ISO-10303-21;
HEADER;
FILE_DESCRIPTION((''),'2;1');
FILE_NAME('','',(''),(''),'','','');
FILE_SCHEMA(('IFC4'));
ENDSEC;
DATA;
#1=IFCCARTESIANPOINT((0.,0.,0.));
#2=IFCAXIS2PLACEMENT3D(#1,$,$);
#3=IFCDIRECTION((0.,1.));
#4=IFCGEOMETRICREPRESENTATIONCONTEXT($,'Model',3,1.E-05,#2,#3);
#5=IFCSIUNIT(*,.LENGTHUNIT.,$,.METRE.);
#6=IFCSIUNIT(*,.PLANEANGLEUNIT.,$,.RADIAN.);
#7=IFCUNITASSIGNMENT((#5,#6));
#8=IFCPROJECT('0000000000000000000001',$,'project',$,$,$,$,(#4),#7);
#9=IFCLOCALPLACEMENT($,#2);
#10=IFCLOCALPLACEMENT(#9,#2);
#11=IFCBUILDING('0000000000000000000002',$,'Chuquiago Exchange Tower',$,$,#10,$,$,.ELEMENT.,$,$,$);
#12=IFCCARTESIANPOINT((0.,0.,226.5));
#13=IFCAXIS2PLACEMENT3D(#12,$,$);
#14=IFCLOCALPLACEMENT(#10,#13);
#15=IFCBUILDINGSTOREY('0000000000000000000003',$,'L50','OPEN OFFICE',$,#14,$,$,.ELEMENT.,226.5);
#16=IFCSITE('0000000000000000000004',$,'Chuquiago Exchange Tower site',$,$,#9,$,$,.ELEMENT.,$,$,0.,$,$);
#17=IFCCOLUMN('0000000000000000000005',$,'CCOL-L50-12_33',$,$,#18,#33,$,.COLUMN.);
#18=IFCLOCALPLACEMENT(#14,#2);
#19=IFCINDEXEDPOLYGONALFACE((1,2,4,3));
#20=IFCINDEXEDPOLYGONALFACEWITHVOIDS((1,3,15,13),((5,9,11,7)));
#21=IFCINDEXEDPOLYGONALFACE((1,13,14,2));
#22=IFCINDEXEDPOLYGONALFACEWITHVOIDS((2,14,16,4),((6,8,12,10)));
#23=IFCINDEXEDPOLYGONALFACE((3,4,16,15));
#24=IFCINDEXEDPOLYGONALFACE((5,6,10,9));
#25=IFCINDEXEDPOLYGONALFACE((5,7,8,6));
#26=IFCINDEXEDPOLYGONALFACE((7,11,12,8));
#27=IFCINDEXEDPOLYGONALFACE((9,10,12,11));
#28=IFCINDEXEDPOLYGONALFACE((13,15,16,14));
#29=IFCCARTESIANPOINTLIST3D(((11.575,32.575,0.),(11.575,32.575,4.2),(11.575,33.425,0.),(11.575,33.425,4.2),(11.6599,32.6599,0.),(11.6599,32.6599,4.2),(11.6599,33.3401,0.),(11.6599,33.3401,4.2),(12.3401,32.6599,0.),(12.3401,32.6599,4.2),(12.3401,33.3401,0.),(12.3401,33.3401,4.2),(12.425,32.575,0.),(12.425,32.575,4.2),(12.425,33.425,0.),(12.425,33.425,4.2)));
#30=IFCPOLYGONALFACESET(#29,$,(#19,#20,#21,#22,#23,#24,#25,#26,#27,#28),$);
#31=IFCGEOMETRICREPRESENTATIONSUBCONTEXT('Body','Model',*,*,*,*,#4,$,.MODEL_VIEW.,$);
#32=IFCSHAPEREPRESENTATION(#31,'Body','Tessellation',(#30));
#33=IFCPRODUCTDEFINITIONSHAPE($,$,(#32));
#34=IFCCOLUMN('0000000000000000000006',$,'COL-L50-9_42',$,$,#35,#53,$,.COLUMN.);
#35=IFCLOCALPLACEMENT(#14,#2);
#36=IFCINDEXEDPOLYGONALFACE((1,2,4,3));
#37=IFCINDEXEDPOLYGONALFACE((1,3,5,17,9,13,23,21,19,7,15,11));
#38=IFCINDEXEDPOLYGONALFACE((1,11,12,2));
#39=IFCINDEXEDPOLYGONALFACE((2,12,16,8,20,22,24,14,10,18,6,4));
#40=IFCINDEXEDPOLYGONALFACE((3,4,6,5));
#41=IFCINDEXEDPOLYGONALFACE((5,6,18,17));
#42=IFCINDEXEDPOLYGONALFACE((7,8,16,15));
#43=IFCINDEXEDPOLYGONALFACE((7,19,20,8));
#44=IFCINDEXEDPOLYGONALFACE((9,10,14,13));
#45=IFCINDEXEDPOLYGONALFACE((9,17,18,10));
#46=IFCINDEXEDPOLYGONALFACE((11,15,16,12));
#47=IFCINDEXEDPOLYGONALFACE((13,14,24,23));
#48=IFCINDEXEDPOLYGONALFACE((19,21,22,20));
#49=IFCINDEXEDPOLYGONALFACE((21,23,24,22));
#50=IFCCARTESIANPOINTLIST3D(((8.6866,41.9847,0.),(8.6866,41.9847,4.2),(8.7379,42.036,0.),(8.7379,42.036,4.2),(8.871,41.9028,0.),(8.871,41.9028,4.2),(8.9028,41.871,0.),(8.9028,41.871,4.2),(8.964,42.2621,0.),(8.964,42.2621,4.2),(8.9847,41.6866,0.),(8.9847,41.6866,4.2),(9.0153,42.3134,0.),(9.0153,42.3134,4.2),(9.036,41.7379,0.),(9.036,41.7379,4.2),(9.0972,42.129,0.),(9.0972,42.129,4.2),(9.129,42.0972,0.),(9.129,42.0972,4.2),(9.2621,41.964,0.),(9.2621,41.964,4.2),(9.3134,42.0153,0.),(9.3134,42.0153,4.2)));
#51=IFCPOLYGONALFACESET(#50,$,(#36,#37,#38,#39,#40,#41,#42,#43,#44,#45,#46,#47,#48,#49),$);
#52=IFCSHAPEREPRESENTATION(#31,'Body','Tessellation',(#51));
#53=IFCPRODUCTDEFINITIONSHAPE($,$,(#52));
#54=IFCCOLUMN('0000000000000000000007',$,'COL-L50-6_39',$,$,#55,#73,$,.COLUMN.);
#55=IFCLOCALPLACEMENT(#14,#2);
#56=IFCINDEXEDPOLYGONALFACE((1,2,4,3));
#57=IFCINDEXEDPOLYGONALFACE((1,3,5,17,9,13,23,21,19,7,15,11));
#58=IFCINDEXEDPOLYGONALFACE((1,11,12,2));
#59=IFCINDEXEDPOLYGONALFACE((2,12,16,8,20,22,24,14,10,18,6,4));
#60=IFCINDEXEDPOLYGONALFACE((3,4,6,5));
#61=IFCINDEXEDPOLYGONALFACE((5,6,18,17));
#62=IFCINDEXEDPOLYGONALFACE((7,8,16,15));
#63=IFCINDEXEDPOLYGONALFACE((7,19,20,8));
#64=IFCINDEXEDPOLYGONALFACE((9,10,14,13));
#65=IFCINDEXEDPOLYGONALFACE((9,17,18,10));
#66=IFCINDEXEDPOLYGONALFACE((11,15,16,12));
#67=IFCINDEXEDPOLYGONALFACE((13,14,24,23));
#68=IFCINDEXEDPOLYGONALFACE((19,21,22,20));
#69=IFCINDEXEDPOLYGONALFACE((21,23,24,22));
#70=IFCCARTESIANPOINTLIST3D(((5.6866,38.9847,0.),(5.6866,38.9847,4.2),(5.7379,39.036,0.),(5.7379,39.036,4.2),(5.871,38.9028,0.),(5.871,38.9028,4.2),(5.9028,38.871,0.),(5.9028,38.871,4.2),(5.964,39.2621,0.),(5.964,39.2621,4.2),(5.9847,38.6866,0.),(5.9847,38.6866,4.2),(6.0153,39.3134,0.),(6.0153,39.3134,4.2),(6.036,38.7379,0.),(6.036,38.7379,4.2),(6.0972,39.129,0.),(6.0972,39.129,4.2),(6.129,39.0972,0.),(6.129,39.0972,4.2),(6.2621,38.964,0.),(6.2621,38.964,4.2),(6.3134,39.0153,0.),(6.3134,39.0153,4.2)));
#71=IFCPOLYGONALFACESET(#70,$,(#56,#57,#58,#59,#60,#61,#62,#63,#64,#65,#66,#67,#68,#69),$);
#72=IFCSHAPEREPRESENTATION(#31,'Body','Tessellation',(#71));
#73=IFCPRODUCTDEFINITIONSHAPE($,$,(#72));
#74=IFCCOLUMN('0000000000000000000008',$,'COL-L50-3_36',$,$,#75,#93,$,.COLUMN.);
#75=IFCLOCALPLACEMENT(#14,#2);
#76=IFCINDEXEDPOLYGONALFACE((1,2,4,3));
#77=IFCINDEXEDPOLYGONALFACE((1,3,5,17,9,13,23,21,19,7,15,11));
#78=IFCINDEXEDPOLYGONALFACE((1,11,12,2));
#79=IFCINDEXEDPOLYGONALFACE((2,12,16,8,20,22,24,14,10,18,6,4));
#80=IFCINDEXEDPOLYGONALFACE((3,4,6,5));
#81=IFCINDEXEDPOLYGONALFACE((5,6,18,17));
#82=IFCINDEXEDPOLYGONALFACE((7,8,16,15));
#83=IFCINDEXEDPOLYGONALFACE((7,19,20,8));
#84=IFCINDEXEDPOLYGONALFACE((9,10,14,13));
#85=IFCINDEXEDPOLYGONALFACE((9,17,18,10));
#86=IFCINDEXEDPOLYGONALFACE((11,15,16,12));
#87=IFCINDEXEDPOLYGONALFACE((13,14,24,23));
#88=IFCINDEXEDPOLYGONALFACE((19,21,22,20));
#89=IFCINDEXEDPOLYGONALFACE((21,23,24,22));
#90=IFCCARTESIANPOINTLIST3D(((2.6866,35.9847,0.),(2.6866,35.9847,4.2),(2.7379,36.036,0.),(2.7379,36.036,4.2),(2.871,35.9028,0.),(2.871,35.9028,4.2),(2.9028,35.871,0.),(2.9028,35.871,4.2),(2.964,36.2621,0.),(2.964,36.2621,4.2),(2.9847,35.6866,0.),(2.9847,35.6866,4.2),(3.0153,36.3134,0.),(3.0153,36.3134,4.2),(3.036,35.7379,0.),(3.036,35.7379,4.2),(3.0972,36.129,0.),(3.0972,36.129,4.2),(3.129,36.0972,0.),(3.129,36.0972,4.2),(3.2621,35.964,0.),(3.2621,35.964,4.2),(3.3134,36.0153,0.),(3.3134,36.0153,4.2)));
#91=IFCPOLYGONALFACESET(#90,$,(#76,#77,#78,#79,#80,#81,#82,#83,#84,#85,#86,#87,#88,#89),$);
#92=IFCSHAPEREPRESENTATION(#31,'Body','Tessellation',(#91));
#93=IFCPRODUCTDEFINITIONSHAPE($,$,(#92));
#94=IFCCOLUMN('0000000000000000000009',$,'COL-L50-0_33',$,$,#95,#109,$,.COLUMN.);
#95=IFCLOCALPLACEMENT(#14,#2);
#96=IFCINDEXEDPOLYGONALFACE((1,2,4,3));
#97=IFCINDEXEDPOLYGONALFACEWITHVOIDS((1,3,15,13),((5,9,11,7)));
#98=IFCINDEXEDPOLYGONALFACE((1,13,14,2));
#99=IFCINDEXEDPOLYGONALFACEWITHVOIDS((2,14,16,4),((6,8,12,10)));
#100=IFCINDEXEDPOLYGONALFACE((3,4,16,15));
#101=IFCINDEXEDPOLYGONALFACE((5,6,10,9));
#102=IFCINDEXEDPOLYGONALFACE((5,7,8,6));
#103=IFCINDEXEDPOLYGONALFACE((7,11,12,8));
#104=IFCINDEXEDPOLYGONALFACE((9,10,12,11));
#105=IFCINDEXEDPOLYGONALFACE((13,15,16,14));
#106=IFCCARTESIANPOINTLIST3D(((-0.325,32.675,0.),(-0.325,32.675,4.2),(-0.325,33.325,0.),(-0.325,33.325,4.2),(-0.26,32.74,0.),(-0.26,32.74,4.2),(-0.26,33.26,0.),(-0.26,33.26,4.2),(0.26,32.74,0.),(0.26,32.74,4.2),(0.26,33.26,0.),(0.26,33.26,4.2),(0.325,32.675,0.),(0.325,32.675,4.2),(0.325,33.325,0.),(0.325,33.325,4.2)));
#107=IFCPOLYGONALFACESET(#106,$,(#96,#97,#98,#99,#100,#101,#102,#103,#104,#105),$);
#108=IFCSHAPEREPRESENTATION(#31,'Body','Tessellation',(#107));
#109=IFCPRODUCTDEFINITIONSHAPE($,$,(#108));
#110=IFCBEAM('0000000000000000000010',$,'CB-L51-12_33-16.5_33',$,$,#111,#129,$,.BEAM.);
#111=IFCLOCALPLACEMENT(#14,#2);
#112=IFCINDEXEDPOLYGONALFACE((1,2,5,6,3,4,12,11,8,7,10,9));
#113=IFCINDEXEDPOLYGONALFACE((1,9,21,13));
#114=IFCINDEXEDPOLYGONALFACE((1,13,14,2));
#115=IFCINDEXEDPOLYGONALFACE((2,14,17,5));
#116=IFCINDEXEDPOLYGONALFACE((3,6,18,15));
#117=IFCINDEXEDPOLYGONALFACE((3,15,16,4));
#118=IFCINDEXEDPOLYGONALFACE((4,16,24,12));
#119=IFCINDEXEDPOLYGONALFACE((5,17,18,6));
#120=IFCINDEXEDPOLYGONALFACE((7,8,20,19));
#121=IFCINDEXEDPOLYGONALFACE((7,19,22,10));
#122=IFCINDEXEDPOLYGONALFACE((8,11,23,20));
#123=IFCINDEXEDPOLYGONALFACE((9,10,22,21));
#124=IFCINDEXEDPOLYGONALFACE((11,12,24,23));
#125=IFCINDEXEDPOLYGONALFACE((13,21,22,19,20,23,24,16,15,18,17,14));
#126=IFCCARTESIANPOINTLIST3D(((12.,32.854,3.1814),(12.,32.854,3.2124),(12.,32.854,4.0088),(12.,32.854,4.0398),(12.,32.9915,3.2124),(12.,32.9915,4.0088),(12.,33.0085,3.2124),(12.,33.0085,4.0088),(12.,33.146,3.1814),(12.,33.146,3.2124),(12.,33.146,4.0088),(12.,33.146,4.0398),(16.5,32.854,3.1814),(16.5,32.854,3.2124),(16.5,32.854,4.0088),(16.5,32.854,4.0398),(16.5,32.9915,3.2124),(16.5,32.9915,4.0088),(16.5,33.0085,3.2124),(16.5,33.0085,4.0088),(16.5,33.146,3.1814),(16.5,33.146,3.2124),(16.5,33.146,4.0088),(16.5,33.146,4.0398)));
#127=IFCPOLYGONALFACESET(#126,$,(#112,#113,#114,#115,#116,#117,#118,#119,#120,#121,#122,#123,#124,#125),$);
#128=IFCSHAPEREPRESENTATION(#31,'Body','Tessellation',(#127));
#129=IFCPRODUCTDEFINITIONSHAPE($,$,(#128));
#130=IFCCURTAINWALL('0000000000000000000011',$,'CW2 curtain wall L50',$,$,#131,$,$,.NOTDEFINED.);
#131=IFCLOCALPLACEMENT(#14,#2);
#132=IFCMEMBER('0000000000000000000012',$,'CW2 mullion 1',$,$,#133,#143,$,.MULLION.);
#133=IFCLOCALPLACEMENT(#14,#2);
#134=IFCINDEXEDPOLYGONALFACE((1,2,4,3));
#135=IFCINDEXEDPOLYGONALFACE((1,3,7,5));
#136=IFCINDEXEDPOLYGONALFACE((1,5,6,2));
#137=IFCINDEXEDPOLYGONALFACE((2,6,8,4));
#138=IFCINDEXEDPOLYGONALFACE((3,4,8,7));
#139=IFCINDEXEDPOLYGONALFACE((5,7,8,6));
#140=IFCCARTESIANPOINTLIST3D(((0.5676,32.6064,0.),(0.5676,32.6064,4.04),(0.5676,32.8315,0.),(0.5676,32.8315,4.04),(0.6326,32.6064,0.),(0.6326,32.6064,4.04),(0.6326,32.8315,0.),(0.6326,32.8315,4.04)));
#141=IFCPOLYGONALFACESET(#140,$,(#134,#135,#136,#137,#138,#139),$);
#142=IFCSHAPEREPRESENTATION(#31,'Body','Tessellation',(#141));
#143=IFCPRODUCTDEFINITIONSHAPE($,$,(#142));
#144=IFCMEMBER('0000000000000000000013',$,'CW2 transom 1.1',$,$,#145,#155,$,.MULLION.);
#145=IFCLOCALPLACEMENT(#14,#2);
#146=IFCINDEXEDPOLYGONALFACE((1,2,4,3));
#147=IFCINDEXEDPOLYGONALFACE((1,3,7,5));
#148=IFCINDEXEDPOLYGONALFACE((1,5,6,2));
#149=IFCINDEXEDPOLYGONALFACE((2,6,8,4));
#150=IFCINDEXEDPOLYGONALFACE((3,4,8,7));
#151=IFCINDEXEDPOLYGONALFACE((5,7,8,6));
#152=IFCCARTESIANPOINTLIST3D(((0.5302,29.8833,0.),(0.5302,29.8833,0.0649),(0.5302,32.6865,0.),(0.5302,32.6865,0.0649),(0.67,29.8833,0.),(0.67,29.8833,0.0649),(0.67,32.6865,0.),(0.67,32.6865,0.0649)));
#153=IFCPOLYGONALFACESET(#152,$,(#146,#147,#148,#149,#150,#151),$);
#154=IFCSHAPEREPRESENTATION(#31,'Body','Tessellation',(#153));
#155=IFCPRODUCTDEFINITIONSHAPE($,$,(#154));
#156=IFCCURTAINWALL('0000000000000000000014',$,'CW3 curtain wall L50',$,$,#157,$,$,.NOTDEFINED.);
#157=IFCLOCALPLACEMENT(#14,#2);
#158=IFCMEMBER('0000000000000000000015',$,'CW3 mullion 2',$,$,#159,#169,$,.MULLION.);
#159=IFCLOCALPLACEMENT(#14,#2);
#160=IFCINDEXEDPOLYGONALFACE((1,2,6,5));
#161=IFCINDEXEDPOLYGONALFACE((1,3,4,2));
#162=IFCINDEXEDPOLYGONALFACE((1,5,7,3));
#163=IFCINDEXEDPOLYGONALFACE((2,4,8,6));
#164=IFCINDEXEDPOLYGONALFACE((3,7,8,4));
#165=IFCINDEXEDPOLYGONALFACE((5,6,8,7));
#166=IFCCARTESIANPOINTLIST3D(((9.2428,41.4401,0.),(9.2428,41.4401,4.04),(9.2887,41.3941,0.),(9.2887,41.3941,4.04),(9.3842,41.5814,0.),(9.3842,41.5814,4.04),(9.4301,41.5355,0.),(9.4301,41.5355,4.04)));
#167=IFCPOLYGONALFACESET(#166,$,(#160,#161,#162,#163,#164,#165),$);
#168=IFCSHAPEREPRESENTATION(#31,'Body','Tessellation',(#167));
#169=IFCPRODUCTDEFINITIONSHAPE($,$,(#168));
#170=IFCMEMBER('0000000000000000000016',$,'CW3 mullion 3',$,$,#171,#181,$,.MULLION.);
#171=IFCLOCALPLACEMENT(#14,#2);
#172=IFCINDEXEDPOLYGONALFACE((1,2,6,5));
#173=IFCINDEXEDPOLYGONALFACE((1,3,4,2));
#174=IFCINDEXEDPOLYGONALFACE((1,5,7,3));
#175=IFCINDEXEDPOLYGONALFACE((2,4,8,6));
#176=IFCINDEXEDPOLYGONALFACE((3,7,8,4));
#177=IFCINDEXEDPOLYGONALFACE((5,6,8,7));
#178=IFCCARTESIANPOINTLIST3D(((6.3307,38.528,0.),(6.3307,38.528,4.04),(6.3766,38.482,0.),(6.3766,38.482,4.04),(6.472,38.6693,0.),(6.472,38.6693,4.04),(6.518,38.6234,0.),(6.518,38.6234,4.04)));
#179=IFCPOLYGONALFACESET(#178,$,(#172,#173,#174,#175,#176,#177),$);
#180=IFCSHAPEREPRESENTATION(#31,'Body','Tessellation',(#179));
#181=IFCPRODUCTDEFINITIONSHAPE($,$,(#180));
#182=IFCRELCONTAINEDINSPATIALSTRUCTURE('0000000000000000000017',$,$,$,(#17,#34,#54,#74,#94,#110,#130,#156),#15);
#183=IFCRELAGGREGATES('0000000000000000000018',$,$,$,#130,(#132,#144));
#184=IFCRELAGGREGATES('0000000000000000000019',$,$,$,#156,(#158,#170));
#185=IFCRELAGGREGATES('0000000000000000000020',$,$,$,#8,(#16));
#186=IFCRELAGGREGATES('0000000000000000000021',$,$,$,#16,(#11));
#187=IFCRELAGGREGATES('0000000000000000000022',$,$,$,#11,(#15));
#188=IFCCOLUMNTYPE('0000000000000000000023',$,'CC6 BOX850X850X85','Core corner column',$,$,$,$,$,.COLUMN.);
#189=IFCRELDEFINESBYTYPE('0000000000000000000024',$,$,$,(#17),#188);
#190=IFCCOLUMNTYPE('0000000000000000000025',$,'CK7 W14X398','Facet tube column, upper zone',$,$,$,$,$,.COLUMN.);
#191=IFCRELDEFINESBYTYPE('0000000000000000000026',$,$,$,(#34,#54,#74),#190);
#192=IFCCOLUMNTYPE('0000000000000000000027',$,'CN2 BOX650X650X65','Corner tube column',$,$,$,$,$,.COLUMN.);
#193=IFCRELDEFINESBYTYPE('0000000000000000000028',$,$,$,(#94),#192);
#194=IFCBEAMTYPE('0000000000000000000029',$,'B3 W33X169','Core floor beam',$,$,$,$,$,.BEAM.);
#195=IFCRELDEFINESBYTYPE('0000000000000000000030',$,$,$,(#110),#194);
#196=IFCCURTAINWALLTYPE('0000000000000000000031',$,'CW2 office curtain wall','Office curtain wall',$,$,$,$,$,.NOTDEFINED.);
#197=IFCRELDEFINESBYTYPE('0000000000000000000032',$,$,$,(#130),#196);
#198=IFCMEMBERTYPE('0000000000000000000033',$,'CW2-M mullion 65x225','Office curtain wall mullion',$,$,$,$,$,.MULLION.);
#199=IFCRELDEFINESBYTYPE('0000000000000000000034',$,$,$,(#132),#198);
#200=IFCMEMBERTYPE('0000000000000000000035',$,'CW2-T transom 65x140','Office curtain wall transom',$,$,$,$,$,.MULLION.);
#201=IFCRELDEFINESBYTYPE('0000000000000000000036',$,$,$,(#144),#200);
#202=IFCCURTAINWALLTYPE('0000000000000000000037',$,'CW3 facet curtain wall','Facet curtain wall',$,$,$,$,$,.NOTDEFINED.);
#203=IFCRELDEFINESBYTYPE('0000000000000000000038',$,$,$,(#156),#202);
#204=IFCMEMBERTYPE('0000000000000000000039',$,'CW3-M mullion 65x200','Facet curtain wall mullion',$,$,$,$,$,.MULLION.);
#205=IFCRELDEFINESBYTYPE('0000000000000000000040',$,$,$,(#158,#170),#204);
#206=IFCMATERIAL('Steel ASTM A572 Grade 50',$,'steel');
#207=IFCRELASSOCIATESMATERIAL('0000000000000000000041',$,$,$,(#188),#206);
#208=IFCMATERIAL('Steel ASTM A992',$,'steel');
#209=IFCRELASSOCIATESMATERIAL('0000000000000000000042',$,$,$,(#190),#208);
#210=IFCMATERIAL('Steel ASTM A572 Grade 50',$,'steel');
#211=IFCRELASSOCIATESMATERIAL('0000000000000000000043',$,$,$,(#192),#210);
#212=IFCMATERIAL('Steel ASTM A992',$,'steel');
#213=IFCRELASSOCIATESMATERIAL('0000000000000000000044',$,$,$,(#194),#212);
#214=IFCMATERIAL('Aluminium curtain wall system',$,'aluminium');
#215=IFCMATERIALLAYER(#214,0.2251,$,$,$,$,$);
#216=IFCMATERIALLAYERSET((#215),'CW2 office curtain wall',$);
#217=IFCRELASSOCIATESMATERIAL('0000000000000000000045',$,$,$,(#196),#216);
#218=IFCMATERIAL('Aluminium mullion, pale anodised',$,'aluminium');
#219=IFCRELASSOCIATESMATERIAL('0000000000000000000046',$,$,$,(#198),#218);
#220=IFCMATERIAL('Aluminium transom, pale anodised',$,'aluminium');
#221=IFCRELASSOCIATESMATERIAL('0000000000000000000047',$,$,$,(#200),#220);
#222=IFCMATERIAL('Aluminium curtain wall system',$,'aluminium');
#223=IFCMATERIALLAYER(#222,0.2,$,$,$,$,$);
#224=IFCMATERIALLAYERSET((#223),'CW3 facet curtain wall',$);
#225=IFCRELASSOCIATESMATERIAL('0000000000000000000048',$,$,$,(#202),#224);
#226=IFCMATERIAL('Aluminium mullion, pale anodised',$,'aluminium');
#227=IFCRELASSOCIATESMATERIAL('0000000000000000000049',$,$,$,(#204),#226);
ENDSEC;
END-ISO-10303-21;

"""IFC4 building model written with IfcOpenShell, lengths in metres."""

from ifc_helpers import new_model, si_unit, direction, frame, origin, origin_2d, place, context, subcontext, project, spatial, rectangle, hollow_rectangle, i_section, extrude, material, layer, layer_set, material_profile, profile_set, type_object, element, aggregate, save


model = new_model("IFC4")

# Units and contexts
model_context = context("Model", 3, precision=1e-05, world=origin(), true_north=direction((0.0, 1.0)))
body_context = subcontext(model_context, "Body", "Model", "MODEL_VIEW")
ifc_project = project(units=[si_unit("LENGTHUNIT", "METRE"), si_unit("PLANEANGLEUNIT", "RADIAN")], contexts=[model_context])

# Site, building, storey
site_placement = place(None, origin())
site = spatial("IfcSite", under=ifc_project, at=site_placement, Name="Chuquiago Exchange Tower site", CompositionType="ELEMENT", RefElevation=0.0)
building_placement = place(site_placement, origin())
building = spatial("IfcBuilding", under=site, at=building_placement, Name="Chuquiago Exchange Tower", CompositionType="ELEMENT")
storey_placement = place(building_placement, frame((0.0, 0.0, 226.5)))
storey = spatial("IfcBuildingStorey", under=building, at=storey_placement, Name="L50", Description="OPEN OFFICE", CompositionType="ELEMENT", Elevation=226.5)

# Columns
ifc_material_1 = material(Name="Steel ASTM A572 Grade 50", Category="steel")
ifc_material_profile_1 = material_profile(ifc_material_1, hollow_rectangle(XDim=0.8501, YDim=0.8501, WallThickness=0.085, at=origin_2d()), Name="BOX850X850X85")
ifc_profile_set_1 = profile_set([ifc_material_profile_1], Name="Steel ASTM A572 Grade 50")
column_type_1 = type_object("IfcColumnType", Name="CC6 BOX850X850X85", Description="Core corner column", PredefinedType="COLUMN", material=ifc_profile_set_1)
column_1_placement = place(storey_placement, frame((12.0, 33.0, 0.0), z_axis=(0.0, 0.0, 1.0), x_axis=(1.0, 0.0, 0.0)))
element("IfcColumn", 1, at=column_1_placement, inside=storey, type_object=column_type_1, Name="CCOL-L50-12_33", PredefinedType="COLUMN", context=body_context, shape_type="SweptSolid", body=[
    extrude(hollow_rectangle(XDim=0.8501, YDim=0.8501, WallThickness=0.085, at=origin_2d()), origin(), (0.0, 0.0, 1.0), 4.2),
])
ifc_material_2 = material(Name="Steel ASTM A992", Category="steel")
ifc_material_profile_2 = material_profile(ifc_material_2, i_section(OverallWidth=0.4216, OverallDepth=0.4648, WebThickness=0.0449, FlangeThickness=0.0725, at=origin_2d()), Name="W14X398")
ifc_profile_set_2 = profile_set([ifc_material_profile_2], Name="Steel ASTM A992")
column_type_2 = type_object("IfcColumnType", Name="CK7 W14X398", Description="Facet tube column, upper zone", PredefinedType="COLUMN", material=ifc_profile_set_2)
for number, where, z_axis, x_axis, name in (
    (2, (9.0, 42.0, 0.0), (0.0, 0.0, 1.0), (-0.707107, 0.707107, 0.0), "COL-L50-9_42"),
    (3, (6.0, 39.0, 0.0), (0.0, 0.0, 1.0), (-0.707107, 0.707107, 0.0), "COL-L50-6_39"),
    (4, (3.0, 36.0, 0.0), (0.0, 0.0, 1.0), (-0.707107, 0.707107, 0.0), "COL-L50-3_36"),
):
    element("IfcColumn", number, at=place(storey_placement, frame(where, z_axis=z_axis, x_axis=x_axis)), inside=storey, type_object=column_type_2, Name=name, PredefinedType="COLUMN", context=body_context, shape_type="SweptSolid", body=[
        extrude(i_section(OverallWidth=0.4216, OverallDepth=0.4648, WebThickness=0.0449, FlangeThickness=0.0725, at=origin_2d()), origin(), (0.0, 0.0, 1.0), 4.2),
    ])
ifc_material_3 = material(Name="Steel ASTM A572 Grade 50", Category="steel")
ifc_material_profile_3 = material_profile(ifc_material_3, hollow_rectangle(XDim=0.6499, YDim=0.6499, WallThickness=0.0649, at=origin_2d()), Name="BOX650X650X65")
ifc_profile_set_3 = profile_set([ifc_material_profile_3], Name="Steel ASTM A572 Grade 50")
column_type_3 = type_object("IfcColumnType", Name="CN2 BOX650X650X65", Description="Corner tube column", PredefinedType="COLUMN", material=ifc_profile_set_3)
column_2_placement = place(storey_placement, frame((0.0, 33.0, 0.0), z_axis=(0.0, 0.0, 1.0), x_axis=(-1.0, 0.0, 0.0)))
element("IfcColumn", 5, at=column_2_placement, inside=storey, type_object=column_type_3, Name="COL-L50-0_33", PredefinedType="COLUMN", context=body_context, shape_type="SweptSolid", body=[
    extrude(hollow_rectangle(XDim=0.6499, YDim=0.6499, WallThickness=0.0649, at=origin_2d()), origin(), (0.0, 0.0, 1.0), 4.2),
])

# Beam
ifc_material_4 = material(Name="Steel ASTM A992", Category="steel")
ifc_material_profile_4 = material_profile(ifc_material_4, i_section(OverallWidth=0.292, OverallDepth=0.8584, WebThickness=0.0171, FlangeThickness=0.031, at=origin_2d()), Name="W33X169")
ifc_profile_set_4 = profile_set([ifc_material_profile_4], Name="Steel ASTM A992")
beam_type_1 = type_object("IfcBeamType", Name="B3 W33X169", Description="Core floor beam", PredefinedType="BEAM", material=ifc_profile_set_4)
beam_1_placement = place(storey_placement, frame((12.0, 33.0, 3.6106), z_axis=(1.0, 0.0, 0.0), x_axis=(0.0, 1.0, 0.0)))
element("IfcBeam", 6, at=beam_1_placement, inside=storey, type_object=beam_type_1, Name="CB-L51-12_33-16.5_33", PredefinedType="BEAM", context=body_context, shape_type="SweptSolid", body=[
    extrude(i_section(OverallWidth=0.292, OverallDepth=0.8584, WebThickness=0.0171, FlangeThickness=0.031, at=origin_2d()), origin(), (0.0, 0.0, 1.0), 4.5),
])

# Curtain walls, members
ifc_material_5 = material(Name="Aluminium curtain wall system", Category="aluminium")
ifc_layer_1 = layer(ifc_material_5, 0.2251)
ifc_layer_set_1 = layer_set([ifc_layer_1], Name="CW2 office curtain wall")
curtain_wall_type_1 = type_object("IfcCurtainWallType", Name="CW2 office curtain wall", Description="Office curtain wall", PredefinedType="NOTDEFINED", material=ifc_layer_set_1)
curtain_wall_1_placement = place(storey_placement, origin())
curtain_wall_1 = element("IfcCurtainWall", 7, at=curtain_wall_1_placement, inside=storey, type_object=curtain_wall_type_1, Name="CW2 curtain wall L50", PredefinedType="NOTDEFINED")
ifc_material_6 = material(Name="Aluminium mullion, pale anodised", Category="aluminium")
ifc_material_profile_5 = material_profile(ifc_material_6, rectangle(XDim=0.0649, YDim=0.2251, at=origin_2d()), Name="AL 65x225")
ifc_profile_set_5 = profile_set([ifc_material_profile_5], Name="Aluminium mullion, pale anodised")
member_type_1 = type_object("IfcMemberType", Name="CW2-M mullion 65x225", Description="Office curtain wall mullion", PredefinedType="MULLION", material=ifc_profile_set_5)
member_1_placement = place(storey_placement, frame((0.6001, 32.719, 0.0), z_axis=(0.0, 0.0, 1.0), x_axis=(1.0, 0.0, 0.0)))
member_1 = element("IfcMember", 8, at=member_1_placement, type_object=member_type_1, Name="CW2 mullion 1", PredefinedType="MULLION", context=body_context, shape_type="SweptSolid", body=[
    extrude(rectangle(XDim=0.0649, YDim=0.2251, at=origin_2d()), origin(), (0.0, 0.0, 1.0), 4.04),
])
ifc_material_7 = material(Name="Aluminium transom, pale anodised", Category="aluminium")
ifc_material_profile_6 = material_profile(ifc_material_7, rectangle(XDim=0.1399, YDim=0.0649, at=origin_2d()), Name="AL 140x65")
ifc_profile_set_6 = profile_set([ifc_material_profile_6], Name="Aluminium transom, pale anodised")
member_type_2 = type_object("IfcMemberType", Name="CW2-T transom 65x140", Description="Office curtain wall transom", PredefinedType="MULLION", material=ifc_profile_set_6)
member_2_placement = place(storey_placement, frame((0.6001, 32.6865, 0.0325), z_axis=(0.0, -1.0, 0.0), x_axis=(1.0, 0.0, 0.0)))
member_2 = element("IfcMember", 9, at=member_2_placement, type_object=member_type_2, Name="CW2 transom 1.1", PredefinedType="MULLION", context=body_context, shape_type="SweptSolid", body=[
    extrude(rectangle(XDim=0.1399, YDim=0.0649, at=origin_2d()), origin(), (0.0, 0.0, 1.0), 2.8032),
])
aggregate(curtain_wall_1, [member_1, member_2])
ifc_material_8 = material(Name="Aluminium curtain wall system", Category="aluminium")
ifc_layer_2 = layer(ifc_material_8, 0.2)
ifc_layer_set_2 = layer_set([ifc_layer_2], Name="CW3 facet curtain wall")
curtain_wall_type_2 = type_object("IfcCurtainWallType", Name="CW3 facet curtain wall", Description="Facet curtain wall", PredefinedType="NOTDEFINED", material=ifc_layer_set_2)
curtain_wall_2_placement = place(storey_placement, origin())
curtain_wall_2 = element("IfcCurtainWall", 10, at=curtain_wall_2_placement, inside=storey, type_object=curtain_wall_type_2, Name="CW3 curtain wall L50", PredefinedType="NOTDEFINED")
ifc_material_9 = material(Name="Aluminium mullion, pale anodised", Category="aluminium")
ifc_material_profile_7 = material_profile(ifc_material_9, rectangle(XDim=0.0649, YDim=0.2, at=origin_2d()), Name="AL 65x200")
ifc_profile_set_7 = profile_set([ifc_material_profile_7], Name="Aluminium mullion, pale anodised")
member_type_3 = type_object("IfcMemberType", Name="CW3-M mullion 65x200", Description="Facet curtain wall mullion", PredefinedType="MULLION", material=ifc_profile_set_7)
member_3_placement = place(storey_placement, frame((9.3364, 41.4878, 0.0), z_axis=(0.0, 0.0, 1.0), x_axis=(0.707107, -0.707107, 0.0)))
member_3 = element("IfcMember", 11, at=member_3_placement, type_object=member_type_3, Name="CW3 mullion 2", PredefinedType="MULLION", context=body_context, shape_type="SweptSolid", body=[
    extrude(rectangle(XDim=0.0649, YDim=0.2, at=origin_2d()), origin(), (0.0, 0.0, 1.0), 4.04),
])
member_4_placement = place(storey_placement, frame((6.4243, 38.5757, 0.0), z_axis=(0.0, 0.0, 1.0), x_axis=(0.707107, -0.707107, 0.0)))
member_4 = element("IfcMember", 12, at=member_4_placement, type_object=member_type_3, Name="CW3 mullion 3", PredefinedType="MULLION", context=body_context, shape_type="SweptSolid", body=[
    extrude(rectangle(XDim=0.0649, YDim=0.2, at=origin_2d()), origin(), (0.0, 0.0, 1.0), 4.04),
])

aggregate(curtain_wall_2, [member_3, member_4])

save(model, "model.ifc")
